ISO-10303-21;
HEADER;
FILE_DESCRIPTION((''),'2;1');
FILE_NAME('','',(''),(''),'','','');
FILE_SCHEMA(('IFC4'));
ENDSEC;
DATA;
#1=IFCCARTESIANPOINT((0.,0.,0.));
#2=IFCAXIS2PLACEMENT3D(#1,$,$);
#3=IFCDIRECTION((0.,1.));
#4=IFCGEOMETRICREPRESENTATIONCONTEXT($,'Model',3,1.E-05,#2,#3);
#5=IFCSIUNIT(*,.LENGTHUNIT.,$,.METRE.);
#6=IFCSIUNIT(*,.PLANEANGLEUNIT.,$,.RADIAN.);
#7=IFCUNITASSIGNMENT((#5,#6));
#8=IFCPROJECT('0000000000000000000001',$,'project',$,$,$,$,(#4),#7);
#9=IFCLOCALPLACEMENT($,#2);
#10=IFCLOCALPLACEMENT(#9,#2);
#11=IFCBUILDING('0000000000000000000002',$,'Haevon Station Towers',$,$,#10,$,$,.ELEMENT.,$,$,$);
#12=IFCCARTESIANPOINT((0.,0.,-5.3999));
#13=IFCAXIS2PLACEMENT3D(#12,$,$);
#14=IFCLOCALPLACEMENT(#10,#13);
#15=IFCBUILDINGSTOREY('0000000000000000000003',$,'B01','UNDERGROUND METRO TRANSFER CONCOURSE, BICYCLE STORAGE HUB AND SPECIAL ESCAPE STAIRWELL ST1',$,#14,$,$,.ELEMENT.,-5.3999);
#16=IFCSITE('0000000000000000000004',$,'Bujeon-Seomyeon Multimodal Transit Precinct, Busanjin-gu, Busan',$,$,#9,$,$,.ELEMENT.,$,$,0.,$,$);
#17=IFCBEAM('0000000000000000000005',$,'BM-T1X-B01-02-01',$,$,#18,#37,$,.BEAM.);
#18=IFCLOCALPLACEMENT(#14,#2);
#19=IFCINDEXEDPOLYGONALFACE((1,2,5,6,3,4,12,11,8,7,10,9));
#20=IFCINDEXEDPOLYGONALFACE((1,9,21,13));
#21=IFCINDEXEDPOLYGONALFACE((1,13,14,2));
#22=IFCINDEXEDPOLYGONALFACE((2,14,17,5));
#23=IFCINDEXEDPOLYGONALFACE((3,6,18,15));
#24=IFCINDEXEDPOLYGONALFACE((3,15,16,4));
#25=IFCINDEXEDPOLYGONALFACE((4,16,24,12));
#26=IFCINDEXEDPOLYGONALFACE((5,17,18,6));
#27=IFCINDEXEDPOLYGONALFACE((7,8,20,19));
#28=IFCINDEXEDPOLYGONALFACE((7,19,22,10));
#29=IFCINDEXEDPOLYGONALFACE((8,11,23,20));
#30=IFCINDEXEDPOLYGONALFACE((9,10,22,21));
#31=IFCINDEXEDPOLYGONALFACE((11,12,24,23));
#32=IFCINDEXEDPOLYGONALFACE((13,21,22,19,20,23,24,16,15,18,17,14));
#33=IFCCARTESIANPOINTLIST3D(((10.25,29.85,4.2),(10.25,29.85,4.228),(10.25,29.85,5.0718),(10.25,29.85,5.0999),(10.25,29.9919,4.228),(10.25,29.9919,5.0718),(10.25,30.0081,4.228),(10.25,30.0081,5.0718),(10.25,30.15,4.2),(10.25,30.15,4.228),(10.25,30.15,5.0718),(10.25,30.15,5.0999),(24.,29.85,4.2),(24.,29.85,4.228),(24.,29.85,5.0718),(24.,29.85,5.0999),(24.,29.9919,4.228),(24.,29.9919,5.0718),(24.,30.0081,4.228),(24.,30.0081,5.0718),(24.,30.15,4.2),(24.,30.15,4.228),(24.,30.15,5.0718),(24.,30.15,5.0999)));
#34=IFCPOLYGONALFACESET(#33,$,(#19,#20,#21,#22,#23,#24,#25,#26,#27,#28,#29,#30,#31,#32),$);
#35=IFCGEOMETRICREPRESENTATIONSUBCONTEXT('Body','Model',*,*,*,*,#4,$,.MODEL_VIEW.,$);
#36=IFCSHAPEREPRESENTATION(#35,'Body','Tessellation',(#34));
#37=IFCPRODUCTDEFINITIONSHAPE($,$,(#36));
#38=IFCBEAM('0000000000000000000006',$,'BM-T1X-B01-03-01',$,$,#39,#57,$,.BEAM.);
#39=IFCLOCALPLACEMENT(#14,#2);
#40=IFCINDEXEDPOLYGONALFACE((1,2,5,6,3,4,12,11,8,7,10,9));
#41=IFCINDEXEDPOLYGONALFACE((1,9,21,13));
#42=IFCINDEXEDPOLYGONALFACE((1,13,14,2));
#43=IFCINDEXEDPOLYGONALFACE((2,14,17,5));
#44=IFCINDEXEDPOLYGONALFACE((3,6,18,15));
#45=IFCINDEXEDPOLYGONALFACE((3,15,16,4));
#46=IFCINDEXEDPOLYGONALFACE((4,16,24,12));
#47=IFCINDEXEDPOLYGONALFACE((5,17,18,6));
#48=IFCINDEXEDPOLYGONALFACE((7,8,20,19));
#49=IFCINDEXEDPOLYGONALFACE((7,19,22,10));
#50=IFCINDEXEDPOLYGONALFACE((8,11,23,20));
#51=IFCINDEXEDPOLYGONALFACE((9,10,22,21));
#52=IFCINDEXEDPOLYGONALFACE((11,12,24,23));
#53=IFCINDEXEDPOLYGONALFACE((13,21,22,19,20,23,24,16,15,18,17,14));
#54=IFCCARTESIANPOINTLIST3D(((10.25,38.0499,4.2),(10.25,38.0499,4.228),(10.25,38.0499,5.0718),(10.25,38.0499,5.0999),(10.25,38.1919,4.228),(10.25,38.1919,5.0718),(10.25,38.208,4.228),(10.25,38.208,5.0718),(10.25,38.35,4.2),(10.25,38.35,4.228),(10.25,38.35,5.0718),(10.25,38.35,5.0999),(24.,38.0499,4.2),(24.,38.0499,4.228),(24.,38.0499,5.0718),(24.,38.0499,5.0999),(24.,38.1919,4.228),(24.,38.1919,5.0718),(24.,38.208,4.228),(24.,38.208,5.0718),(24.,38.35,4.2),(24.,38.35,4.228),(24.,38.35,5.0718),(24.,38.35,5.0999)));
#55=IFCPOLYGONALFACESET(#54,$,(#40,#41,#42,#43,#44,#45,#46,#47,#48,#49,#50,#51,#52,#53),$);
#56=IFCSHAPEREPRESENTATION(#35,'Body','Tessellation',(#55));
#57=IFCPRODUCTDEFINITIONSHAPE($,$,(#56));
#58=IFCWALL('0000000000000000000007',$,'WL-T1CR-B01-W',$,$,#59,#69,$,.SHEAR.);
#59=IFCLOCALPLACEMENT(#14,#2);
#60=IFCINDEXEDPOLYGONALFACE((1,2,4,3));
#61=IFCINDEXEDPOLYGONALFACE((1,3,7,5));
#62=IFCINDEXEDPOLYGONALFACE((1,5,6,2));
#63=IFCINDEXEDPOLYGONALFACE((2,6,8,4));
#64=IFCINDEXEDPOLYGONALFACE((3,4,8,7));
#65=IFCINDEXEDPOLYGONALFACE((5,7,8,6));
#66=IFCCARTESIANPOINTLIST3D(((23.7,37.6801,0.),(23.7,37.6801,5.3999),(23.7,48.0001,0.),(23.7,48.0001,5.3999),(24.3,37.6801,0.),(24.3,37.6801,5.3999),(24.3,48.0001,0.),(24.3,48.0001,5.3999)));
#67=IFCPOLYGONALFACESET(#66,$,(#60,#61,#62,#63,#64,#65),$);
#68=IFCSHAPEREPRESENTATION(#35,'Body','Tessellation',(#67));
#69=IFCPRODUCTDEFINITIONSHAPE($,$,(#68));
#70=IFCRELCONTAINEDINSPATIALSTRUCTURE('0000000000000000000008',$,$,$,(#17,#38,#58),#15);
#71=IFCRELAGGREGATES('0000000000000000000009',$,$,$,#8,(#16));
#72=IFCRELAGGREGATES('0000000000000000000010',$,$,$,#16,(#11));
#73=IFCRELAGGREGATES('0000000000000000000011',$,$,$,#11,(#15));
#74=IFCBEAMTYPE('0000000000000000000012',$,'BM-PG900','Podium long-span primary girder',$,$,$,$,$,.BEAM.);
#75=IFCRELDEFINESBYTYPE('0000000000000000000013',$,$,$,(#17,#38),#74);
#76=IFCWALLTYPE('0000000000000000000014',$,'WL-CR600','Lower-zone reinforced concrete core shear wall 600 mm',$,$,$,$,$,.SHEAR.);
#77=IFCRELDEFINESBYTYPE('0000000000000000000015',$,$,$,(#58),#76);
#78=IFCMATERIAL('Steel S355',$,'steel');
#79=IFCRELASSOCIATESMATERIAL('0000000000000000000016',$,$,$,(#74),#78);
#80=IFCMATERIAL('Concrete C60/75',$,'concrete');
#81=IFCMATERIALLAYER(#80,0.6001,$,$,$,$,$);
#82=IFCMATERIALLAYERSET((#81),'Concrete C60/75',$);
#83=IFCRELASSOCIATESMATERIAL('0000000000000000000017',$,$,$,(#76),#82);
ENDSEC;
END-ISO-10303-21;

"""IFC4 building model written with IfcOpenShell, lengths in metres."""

from ifc_helpers import new_model, si_unit, direction, frame, frame_2d, origin, origin_2d, place, context, subcontext, project, spatial, rectangle, i_section, extrude, material, layer, layer_set, material_profile, profile_set, type_object, element, save


model = new_model("IFC4")

# Units and contexts
model_context = context("Model", 3, precision=1e-05, world=origin(), true_north=direction((0.0, 1.0)))
body_context = subcontext(model_context, "Body", "Model", "MODEL_VIEW")
ifc_project = project(units=[si_unit("LENGTHUNIT", "METRE"), si_unit("PLANEANGLEUNIT", "RADIAN")], contexts=[model_context])

# Site, building, storey
site_placement = place(None, origin())
site = spatial("IfcSite", under=ifc_project, at=site_placement, Name="Bujeon-Seomyeon Multimodal Transit Precinct, Busanjin-gu, Busan", CompositionType="ELEMENT", RefElevation=0.0)
building_placement = place(site_placement, origin())
building = spatial("IfcBuilding", under=site, at=building_placement, Name="Haevon Station Towers", CompositionType="ELEMENT")
storey_placement = place(building_placement, frame((0.0, 0.0, -5.3999)))
storey = spatial("IfcBuildingStorey", under=building, at=storey_placement, Name="B01", Description="UNDERGROUND METRO TRANSFER CONCOURSE, BICYCLE STORAGE HUB AND SPECIAL ESCAPE STAIRWELL ST1", CompositionType="ELEMENT", Elevation=-5.3999)

# Beams
ifc_material_1 = material(Name="Steel S355", Category="steel")
ifc_material_profile_1 = material_profile(ifc_material_1, i_section(OverallWidth=0.3, OverallDepth=0.8999, WebThickness=0.0161, FlangeThickness=0.0281, at=origin_2d()), Name="H-900x300x16x28")
ifc_profile_set_1 = profile_set([ifc_material_profile_1], Name="Steel S355")
beam_type_1 = type_object("IfcBeamType", Name="BM-PG900", Description="Podium long-span primary girder", PredefinedType="BEAM", material=ifc_profile_set_1)
for number, where, z_axis, x_axis, name in (
    (1, (10.25, 30.0, 4.6499), (1.0, 0.0, 0.0), (0.0, 1.0, 0.0), "BM-T1X-B01-02-01"),
    (2, (10.25, 38.2, 4.6499), (1.0, 0.0, 0.0), (0.0, 1.0, 0.0), "BM-T1X-B01-03-01"),
):
    element("IfcBeam", number, at=place(storey_placement, frame(where, z_axis=z_axis, x_axis=x_axis)), inside=storey, type_object=beam_type_1, Name=name, PredefinedType="BEAM", context=body_context, shape_type="SweptSolid", body=[
        extrude(i_section(OverallWidth=0.3, OverallDepth=0.8999, WebThickness=0.0161, FlangeThickness=0.0281, at=origin_2d()), origin(), (0.0, 0.0, 1.0), 13.75),
    ])

# Wall
ifc_material_2 = material(Name="Concrete C60/75", Category="concrete")
ifc_layer = layer(ifc_material_2, 0.6001)
ifc_layer_set = layer_set([ifc_layer], Name="Concrete C60/75")
wall_type = type_object("IfcWallType", Name="WL-CR600", Description="Lower-zone reinforced concrete core shear wall 600 mm", PredefinedType="SHEAR", material=ifc_layer_set)
wall_placement = place(storey_placement, frame((24.0, 37.6799, 0.0), z_axis=(0.0, 0.0, 1.0), x_axis=(0.0, 1.0, 0.0)))
element("IfcWall", 3, at=wall_placement, inside=storey, type_object=wall_type, Name="WL-T1CR-B01-W", PredefinedType="SHEAR", context=body_context, shape_type="SweptSolid", body=[
    extrude(rectangle(XDim=10.3201, YDim=0.6001, at=frame_2d((5.1602, 0.0))), origin(), (0.0, 0.0, 1.0), 5.3999),
])

save(model, "model.ifc")
